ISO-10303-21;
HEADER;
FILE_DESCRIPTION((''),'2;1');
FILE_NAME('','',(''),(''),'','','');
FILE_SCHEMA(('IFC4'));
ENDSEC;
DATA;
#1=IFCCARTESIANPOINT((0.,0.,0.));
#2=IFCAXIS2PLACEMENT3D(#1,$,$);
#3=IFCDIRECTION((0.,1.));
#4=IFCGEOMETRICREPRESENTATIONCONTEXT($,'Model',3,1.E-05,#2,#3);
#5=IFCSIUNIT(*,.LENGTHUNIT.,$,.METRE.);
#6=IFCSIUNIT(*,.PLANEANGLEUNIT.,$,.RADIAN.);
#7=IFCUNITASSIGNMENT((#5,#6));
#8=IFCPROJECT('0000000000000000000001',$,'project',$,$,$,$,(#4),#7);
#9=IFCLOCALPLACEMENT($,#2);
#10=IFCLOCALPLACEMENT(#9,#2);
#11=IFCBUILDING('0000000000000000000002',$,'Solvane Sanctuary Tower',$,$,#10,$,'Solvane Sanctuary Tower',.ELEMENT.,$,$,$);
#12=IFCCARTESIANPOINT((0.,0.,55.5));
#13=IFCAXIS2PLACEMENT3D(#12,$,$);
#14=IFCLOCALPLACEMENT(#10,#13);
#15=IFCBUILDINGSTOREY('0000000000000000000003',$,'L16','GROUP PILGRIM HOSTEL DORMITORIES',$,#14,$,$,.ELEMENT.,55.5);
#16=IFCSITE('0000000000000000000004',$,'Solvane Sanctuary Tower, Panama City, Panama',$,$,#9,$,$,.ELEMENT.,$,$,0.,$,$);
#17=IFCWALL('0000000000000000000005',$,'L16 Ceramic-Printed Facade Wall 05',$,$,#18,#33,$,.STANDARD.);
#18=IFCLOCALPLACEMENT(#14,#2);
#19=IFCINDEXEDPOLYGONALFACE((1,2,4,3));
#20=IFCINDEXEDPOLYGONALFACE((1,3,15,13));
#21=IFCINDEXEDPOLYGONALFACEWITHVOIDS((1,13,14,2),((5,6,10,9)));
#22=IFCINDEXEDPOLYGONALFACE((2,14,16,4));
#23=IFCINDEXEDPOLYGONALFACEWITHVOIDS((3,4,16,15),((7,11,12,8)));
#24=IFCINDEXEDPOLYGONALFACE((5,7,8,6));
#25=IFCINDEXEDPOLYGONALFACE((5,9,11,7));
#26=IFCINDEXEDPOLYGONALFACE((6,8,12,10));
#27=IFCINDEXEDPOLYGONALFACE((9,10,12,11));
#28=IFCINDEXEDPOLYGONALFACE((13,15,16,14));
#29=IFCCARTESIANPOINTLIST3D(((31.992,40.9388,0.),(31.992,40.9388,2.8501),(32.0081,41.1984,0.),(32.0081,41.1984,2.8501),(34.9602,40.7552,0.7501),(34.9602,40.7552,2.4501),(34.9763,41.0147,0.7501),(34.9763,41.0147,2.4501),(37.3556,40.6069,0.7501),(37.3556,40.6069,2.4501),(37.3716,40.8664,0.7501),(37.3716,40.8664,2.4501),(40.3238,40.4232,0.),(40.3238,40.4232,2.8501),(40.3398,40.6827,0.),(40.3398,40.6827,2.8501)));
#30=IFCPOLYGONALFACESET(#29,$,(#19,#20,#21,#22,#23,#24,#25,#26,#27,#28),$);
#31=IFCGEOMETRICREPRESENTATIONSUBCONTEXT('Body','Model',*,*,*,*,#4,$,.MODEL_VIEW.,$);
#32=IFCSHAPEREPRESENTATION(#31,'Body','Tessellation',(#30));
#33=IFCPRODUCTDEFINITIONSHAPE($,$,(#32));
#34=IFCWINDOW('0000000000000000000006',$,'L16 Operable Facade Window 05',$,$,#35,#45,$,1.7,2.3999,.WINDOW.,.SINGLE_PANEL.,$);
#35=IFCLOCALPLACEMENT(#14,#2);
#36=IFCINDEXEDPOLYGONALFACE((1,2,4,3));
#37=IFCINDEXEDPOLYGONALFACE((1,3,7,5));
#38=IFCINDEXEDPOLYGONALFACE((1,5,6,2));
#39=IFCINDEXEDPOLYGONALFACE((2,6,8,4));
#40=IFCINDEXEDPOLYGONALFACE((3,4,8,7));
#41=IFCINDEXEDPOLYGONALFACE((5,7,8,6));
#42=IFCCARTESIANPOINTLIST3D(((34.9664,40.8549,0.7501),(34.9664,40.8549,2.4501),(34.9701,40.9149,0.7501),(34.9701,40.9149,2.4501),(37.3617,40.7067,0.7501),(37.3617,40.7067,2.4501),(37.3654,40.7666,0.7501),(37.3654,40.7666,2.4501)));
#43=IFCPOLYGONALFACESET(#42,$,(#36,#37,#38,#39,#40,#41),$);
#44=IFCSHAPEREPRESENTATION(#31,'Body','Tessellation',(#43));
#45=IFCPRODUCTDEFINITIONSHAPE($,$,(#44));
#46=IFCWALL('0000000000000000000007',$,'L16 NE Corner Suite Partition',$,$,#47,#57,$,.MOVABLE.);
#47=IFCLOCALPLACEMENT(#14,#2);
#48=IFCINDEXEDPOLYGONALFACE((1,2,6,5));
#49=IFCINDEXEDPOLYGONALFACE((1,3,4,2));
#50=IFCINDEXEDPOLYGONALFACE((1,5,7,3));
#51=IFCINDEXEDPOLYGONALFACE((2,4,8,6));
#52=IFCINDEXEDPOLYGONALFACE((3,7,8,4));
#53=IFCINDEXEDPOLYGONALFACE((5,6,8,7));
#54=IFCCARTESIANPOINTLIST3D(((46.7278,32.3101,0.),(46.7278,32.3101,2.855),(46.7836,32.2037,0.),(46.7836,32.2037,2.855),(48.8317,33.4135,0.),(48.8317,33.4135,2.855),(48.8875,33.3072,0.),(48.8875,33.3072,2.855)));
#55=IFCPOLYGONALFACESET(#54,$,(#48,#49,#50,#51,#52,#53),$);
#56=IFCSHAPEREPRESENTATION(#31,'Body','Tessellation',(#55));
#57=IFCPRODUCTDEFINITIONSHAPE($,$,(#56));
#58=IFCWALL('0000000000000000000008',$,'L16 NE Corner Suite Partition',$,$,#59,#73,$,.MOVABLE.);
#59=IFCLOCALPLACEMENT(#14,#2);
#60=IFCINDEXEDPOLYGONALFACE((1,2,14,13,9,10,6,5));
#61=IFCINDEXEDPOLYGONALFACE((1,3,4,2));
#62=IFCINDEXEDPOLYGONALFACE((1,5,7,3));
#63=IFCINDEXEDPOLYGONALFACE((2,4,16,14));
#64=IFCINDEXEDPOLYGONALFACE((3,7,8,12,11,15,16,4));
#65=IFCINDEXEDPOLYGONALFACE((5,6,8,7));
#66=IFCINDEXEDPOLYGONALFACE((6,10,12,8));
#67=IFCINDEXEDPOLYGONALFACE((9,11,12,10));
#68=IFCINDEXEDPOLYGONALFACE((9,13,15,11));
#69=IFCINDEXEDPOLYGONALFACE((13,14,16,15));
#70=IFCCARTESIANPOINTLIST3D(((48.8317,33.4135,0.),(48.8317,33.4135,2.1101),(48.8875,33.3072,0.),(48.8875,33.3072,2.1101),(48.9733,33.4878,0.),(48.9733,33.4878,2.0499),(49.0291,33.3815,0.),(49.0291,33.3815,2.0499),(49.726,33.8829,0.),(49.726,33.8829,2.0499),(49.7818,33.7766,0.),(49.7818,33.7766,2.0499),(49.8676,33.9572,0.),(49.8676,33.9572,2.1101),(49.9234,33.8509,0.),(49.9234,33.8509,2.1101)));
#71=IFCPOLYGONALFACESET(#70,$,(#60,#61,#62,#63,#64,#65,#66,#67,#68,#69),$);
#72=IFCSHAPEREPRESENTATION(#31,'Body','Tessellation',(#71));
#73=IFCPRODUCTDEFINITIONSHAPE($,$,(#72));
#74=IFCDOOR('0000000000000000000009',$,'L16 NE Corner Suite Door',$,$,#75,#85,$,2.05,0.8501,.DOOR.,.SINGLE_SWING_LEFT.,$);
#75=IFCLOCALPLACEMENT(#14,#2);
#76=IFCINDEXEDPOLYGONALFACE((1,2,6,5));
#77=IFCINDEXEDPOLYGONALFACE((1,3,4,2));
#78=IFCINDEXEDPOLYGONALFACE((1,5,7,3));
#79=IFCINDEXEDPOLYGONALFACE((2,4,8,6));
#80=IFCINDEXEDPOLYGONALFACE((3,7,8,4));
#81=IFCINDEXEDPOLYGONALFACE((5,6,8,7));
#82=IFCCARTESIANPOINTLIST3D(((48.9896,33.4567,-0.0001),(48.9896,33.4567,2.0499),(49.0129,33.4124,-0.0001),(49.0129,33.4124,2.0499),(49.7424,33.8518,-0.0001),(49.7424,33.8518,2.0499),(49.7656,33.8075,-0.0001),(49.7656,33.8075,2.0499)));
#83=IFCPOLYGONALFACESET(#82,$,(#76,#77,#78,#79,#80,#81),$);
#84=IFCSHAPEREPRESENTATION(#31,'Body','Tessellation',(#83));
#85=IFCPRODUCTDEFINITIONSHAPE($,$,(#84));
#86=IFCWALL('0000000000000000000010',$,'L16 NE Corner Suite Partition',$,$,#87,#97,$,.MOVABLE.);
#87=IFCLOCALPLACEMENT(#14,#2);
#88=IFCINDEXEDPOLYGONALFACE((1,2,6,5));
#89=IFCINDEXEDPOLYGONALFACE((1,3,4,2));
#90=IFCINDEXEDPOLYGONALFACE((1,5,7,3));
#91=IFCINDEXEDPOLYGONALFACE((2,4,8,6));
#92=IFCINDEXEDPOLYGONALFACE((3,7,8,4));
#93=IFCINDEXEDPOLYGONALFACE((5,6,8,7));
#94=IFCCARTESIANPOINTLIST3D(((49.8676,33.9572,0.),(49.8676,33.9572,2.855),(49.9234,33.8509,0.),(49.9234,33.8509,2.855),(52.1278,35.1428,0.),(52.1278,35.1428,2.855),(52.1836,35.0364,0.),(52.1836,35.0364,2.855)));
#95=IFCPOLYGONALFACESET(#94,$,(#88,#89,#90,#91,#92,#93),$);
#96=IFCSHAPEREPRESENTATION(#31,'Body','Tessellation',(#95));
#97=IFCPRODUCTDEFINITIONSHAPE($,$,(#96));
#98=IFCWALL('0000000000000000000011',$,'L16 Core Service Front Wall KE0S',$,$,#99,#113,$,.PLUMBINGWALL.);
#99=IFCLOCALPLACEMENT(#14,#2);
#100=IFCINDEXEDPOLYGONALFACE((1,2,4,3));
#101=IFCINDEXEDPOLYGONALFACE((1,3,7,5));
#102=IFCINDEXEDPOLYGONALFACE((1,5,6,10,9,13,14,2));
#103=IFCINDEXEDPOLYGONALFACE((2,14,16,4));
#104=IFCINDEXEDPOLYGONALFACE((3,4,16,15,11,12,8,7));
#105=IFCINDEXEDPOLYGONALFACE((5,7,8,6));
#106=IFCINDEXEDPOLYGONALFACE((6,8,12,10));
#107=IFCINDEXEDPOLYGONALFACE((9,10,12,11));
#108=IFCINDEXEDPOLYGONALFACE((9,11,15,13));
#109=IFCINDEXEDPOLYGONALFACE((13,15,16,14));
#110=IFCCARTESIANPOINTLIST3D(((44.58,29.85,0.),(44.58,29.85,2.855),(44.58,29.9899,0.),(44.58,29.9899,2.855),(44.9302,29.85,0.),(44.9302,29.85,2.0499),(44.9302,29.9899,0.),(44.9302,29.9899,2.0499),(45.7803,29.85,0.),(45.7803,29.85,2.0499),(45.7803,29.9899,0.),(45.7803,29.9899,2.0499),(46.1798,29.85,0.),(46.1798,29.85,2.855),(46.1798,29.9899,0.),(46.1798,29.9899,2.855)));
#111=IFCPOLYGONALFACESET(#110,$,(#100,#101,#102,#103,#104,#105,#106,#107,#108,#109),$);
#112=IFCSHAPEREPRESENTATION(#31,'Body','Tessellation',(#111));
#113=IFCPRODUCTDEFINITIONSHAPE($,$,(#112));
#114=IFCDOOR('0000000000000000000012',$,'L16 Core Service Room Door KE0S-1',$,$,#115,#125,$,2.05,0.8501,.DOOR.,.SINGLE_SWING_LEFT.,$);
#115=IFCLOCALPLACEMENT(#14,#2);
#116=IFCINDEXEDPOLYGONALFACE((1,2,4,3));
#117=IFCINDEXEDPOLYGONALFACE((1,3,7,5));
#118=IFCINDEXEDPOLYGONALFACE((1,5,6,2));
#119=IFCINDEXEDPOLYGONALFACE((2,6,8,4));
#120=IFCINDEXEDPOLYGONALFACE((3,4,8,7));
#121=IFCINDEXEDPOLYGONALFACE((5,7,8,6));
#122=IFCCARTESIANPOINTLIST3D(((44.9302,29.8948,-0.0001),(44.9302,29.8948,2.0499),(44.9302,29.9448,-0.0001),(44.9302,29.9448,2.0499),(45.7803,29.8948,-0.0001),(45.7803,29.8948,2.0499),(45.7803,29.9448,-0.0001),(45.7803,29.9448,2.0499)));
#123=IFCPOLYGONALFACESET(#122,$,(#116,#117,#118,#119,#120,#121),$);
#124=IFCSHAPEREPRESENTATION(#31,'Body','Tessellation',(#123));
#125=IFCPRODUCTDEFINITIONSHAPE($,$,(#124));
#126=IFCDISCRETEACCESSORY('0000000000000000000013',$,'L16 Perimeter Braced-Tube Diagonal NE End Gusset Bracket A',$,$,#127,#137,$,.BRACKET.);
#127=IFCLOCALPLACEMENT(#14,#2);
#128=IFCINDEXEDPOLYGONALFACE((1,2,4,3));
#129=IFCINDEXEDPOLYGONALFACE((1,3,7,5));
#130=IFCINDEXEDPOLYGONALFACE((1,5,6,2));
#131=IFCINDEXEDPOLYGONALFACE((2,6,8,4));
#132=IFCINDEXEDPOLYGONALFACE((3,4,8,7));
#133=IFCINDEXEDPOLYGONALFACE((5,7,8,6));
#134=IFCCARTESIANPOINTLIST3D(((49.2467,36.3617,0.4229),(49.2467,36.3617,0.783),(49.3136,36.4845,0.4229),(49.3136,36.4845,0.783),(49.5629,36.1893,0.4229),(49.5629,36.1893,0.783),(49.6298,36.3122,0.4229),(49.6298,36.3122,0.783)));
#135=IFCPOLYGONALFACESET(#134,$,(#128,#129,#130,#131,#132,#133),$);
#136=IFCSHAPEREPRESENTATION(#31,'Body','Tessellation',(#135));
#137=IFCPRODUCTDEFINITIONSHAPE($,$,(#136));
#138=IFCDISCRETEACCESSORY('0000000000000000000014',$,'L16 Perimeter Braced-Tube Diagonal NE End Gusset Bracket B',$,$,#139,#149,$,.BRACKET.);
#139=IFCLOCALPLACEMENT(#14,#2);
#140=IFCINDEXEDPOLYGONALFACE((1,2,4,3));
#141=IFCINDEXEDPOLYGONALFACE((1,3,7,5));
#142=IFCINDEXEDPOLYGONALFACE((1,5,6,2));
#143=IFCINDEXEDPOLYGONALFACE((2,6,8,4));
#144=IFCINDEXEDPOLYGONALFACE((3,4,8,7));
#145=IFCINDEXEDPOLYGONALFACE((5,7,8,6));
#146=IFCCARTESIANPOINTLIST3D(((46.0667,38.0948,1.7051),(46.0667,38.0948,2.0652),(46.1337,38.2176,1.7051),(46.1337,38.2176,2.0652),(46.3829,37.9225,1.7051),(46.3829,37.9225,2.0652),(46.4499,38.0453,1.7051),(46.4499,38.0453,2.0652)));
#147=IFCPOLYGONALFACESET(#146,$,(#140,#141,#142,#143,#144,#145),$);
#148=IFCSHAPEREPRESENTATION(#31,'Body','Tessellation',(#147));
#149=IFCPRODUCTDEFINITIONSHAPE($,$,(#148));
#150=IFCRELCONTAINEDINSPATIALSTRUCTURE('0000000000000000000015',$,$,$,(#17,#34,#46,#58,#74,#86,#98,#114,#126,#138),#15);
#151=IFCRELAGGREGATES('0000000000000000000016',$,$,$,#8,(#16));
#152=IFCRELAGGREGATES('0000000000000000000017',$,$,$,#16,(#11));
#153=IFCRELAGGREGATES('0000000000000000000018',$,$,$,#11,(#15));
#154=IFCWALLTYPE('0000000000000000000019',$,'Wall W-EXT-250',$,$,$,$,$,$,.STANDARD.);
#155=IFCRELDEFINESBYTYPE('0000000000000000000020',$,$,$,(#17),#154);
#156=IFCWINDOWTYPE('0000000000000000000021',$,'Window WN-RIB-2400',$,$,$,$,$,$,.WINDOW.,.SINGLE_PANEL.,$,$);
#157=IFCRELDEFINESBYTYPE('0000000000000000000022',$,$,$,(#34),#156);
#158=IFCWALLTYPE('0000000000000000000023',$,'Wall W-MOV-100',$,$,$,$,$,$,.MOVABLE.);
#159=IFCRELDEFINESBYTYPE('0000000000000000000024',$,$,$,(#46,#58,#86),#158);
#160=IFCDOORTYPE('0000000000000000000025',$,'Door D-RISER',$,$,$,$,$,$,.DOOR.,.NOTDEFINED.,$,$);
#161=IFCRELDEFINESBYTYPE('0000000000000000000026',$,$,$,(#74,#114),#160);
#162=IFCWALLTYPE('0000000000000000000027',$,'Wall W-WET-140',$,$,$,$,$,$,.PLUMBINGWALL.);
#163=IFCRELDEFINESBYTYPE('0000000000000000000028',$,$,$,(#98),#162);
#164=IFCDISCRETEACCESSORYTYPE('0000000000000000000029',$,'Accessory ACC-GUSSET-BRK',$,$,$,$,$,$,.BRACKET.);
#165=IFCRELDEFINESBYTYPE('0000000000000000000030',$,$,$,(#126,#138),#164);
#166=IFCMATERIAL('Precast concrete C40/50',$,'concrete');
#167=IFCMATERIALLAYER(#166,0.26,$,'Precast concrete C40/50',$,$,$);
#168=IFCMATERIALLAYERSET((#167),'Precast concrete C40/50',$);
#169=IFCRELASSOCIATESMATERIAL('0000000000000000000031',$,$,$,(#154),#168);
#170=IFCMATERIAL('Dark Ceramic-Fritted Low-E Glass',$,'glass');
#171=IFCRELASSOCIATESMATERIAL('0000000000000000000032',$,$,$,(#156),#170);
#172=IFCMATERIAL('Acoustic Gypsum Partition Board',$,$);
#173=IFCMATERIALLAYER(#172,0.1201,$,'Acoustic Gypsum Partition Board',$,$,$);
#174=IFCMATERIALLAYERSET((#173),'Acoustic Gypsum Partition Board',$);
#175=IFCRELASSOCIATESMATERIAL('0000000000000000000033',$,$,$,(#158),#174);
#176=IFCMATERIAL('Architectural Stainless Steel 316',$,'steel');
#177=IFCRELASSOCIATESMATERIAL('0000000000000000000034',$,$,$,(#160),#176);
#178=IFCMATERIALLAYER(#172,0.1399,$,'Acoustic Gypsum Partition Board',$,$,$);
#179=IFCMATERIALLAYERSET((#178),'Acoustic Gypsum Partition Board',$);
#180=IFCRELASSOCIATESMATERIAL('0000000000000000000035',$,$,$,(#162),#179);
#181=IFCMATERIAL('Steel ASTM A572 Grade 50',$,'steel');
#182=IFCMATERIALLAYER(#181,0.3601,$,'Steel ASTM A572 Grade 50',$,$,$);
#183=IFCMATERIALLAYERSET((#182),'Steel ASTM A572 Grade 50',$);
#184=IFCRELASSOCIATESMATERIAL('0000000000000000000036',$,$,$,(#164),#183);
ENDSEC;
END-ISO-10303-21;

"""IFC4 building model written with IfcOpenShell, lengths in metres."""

from ifc_helpers import new_model, si_unit, direction, frame, frame_2d, origin, origin_2d, place, context, subcontext, project, spatial, rectangle, extrude, material, layer, layer_set, type_object, element, fill, save


model = new_model("IFC4")

# Units and contexts
model_context = context("Model", 3, precision=1e-05, world=origin(), true_north=direction((0.0, 1.0)))
body_context = subcontext(model_context, "Body", "Model", "MODEL_VIEW")
ifc_project = project(units=[si_unit("LENGTHUNIT", "METRE"), si_unit("PLANEANGLEUNIT", "RADIAN")], contexts=[model_context])

# Site, building, storey
site_placement = place(None, origin())
site = spatial("IfcSite", under=ifc_project, at=site_placement, Name="Solvane Sanctuary Tower, Panama City, Panama", CompositionType="ELEMENT", RefElevation=0.0)
building_placement = place(site_placement, origin())
building = spatial("IfcBuilding", under=site, at=building_placement, Name="Solvane Sanctuary Tower", LongName="Solvane Sanctuary Tower", CompositionType="ELEMENT")
storey_placement = place(building_placement, frame((0.0, 0.0, 55.5)))
storey = spatial("IfcBuildingStorey", under=building, at=storey_placement, Name="L16", Description="GROUP PILGRIM HOSTEL DORMITORIES", CompositionType="ELEMENT", Elevation=55.5)

# Shared definitions
ifc_material_1 = material(Name="Acoustic Gypsum Partition Board")

# Shared definitions
ifc_material_2 = material(Name="Precast concrete C40/50", Category="concrete")
ifc_layer_1 = layer(ifc_material_2, 0.26, Name="Precast concrete C40/50")
ifc_layer_set_1 = layer_set([ifc_layer_1], Name="Precast concrete C40/50")
wall_type_1 = type_object("IfcWallType", Name="Wall W-EXT-250", PredefinedType="STANDARD", material=ifc_layer_set_1)
ifc_material_3 = material(Name="Dark Ceramic-Fritted Low-E Glass", Category="glass")

# Wall, opening, window
wall_1_placement = place(storey_placement, frame((40.3318, 40.553, 0.0), z_axis=(0.0, 0.0, 1.0), x_axis=(-0.998091, 0.061768, 0.0)))
wall_1 = element("IfcWall", 1, at=wall_1_placement, inside=storey, type_object=wall_type_1, Name="L16 Ceramic-Printed Facade Wall 05", PredefinedType="STANDARD", context=body_context, shape_type="SweptSolid", body=[
    extrude(rectangle(XDim=8.3477, YDim=0.26, at=frame_2d((4.1738, 0.0))), origin(), (0.0, 0.0, 1.0), 2.8501),
])
opening_1_placement = place(wall_1_placement, frame((2.9739, 0.0, 0.75)))
opening_1 = element("IfcOpeningElement", 2, at=opening_1_placement, cuts=wall_1, PredefinedType="OPENING", context=body_context, shape_type="SweptSolid", body=[
    extrude(rectangle(XDim=2.3999, YDim=1.7, at=frame_2d((1.2, 0.8501))), frame((0.0, 0.1399, 0.0), z_axis=(0.0, -1.0, 0.0), x_axis=(1.0, 0.0, 0.0)), (0.0, 0.0, 1.0), 0.28),
])
window_type_1 = type_object("IfcWindowType", Name="Window WN-RIB-2400", PartitioningType="SINGLE_PANEL", PredefinedType="WINDOW", material=ifc_material_3)
window_1_placement = place(opening_1_placement, origin())
window_1 = element("IfcWindow", 3, at=window_1_placement, inside=storey, type_object=window_type_1, Name="L16 Operable Facade Window 05", OverallHeight=1.7, OverallWidth=2.3999, PartitioningType="SINGLE_PANEL", PredefinedType="WINDOW", context=body_context, shape_type="SweptSolid", body=[
    extrude(rectangle(XDim=2.3999, YDim=1.7, at=frame_2d((1.2, 0.8501))), frame((0.0, 0.03, 0.0), z_axis=(0.0, -1.0, 0.0), x_axis=(1.0, 0.0, 0.0)), (0.0, 0.0, 1.0), 0.0601),
])
fill(opening_1, window_1)

# Wall
ifc_layer_2 = layer(ifc_material_1, 0.1201, Name="Acoustic Gypsum Partition Board")
ifc_layer_set_2 = layer_set([ifc_layer_2], Name="Acoustic Gypsum Partition Board")
wall_type_2 = type_object("IfcWallType", Name="Wall W-MOV-100", PredefinedType="MOVABLE", material=ifc_layer_set_2)
wall_2_placement = place(storey_placement, frame((46.7556, 32.2568, 0.0), z_axis=(0.0, 0.0, 1.0), x_axis=(0.885586, 0.464475, 0.0)))
element("IfcWall", 4, at=wall_2_placement, inside=storey, type_object=wall_type_2, Name="L16 NE Corner Suite Partition", PredefinedType="MOVABLE", context=body_context, shape_type="SweptSolid", body=[
    extrude(rectangle(XDim=2.3757, YDim=0.1201, at=frame_2d((1.188, 0.0))), origin(), (0.0, 0.0, 1.0), 2.855),
])

# Wall, opening, door
wall_3_placement = place(storey_placement, frame((48.8596, 33.3604, 0.0), z_axis=(0.0, 0.0, 1.0), x_axis=(0.885447, 0.46474, 0.0)))
wall_3 = element("IfcWall", 5, at=wall_3_placement, inside=storey, type_object=wall_type_2, Name="L16 NE Corner Suite Partition", PredefinedType="MOVABLE", context=body_context, shape_type="SweptSolid", body=[
    extrude(rectangle(XDim=1.1699, YDim=0.1201, at=frame_2d((0.585, 0.0))), origin(), (0.0, 0.0, 1.0), 2.1101),
])
opening_2_placement = place(wall_3_placement, frame((0.1599, 0.0, 0.0)))
opening_2 = element("IfcOpeningElement", 6, at=opening_2_placement, cuts=wall_3, PredefinedType="OPENING", context=body_context, shape_type="SweptSolid", body=[
    extrude(rectangle(XDim=0.8501, YDim=2.05, at=frame_2d((0.425, 1.0249))), frame((0.0, 0.0701, 0.0), z_axis=(0.0, -1.0, 0.0), x_axis=(1.0, 0.0, 0.0)), (0.0, 0.0, 1.0), 0.1401),
])
ifc_material_4 = material(Name="Architectural Stainless Steel 316", Category="steel")
door_type = type_object("IfcDoorType", Name="Door D-RISER", OperationType="NOTDEFINED", PredefinedType="DOOR", material=ifc_material_4)
door_1_placement = place(opening_2_placement, origin())
door_1 = element("IfcDoor", 7, at=door_1_placement, inside=storey, type_object=door_type, Name="L16 NE Corner Suite Door", OperationType="SINGLE_SWING_LEFT", OverallHeight=2.05, OverallWidth=0.8501, PredefinedType="DOOR", context=body_context, shape_type="SweptSolid", body=[
    extrude(rectangle(XDim=0.8501, YDim=2.05, at=frame_2d((0.425, 1.0249))), frame((0.0, 0.0249, 0.0), z_axis=(0.0, -1.0, 0.0), x_axis=(1.0, 0.0, 0.0)), (0.0, 0.0, 1.0), 0.05),
])
fill(opening_2, door_1)

# Wall
wall_4_placement = place(storey_placement, frame((49.8955, 33.9041, 0.0), z_axis=(0.0, 0.0, 1.0), x_axis=(0.885573, 0.4645, 0.0)))
element("IfcWall", 8, at=wall_4_placement, inside=storey, type_object=wall_type_2, Name="L16 NE Corner Suite Partition", PredefinedType="MOVABLE", context=body_context, shape_type="SweptSolid", body=[
    extrude(rectangle(XDim=2.5522, YDim=0.1201, at=frame_2d((1.2761, 0.0))), origin(), (0.0, 0.0, 1.0), 2.855),
])

# Wall, opening, door
ifc_layer_3 = layer(ifc_material_1, 0.1399, Name="Acoustic Gypsum Partition Board")
ifc_layer_set_3 = layer_set([ifc_layer_3], Name="Acoustic Gypsum Partition Board")
wall_type_3 = type_object("IfcWallType", Name="Wall W-WET-140", PredefinedType="PLUMBINGWALL", material=ifc_layer_set_3)
wall_5_placement = place(storey_placement, frame((44.5801, 29.9199, 0.0), z_axis=(0.0, 0.0, 1.0), x_axis=(1.0, 0.0, 0.0)))
wall_5 = element("IfcWall", 9, at=wall_5_placement, inside=storey, type_object=wall_type_3, Name="L16 Core Service Front Wall KE0S", PredefinedType="PLUMBINGWALL", context=body_context, shape_type="SweptSolid", body=[
    extrude(rectangle(XDim=1.5999, YDim=0.1399, at=frame_2d((0.7998, 0.0))), origin(), (0.0, 0.0, 1.0), 2.855),
])
opening_3_placement = place(wall_5_placement, frame((0.3501, 0.0, 0.0)))
opening_3 = element("IfcOpeningElement", 10, at=opening_3_placement, cuts=wall_5, PredefinedType="OPENING", context=body_context, shape_type="SweptSolid", body=[
    extrude(rectangle(XDim=0.8501, YDim=2.05, at=frame_2d((0.425, 1.0249))), frame((0.0, 0.0798, 0.0), z_axis=(0.0, -1.0, 0.0), x_axis=(1.0, 0.0, 0.0)), (0.0, 0.0, 1.0), 0.1599),
])
door_2_placement = place(opening_3_placement, origin())
door_2 = element("IfcDoor", 11, at=door_2_placement, inside=storey, type_object=door_type, Name="L16 Core Service Room Door KE0S-1", OperationType="SINGLE_SWING_LEFT", OverallHeight=2.05, OverallWidth=0.8501, PredefinedType="DOOR", context=body_context, shape_type="SweptSolid", body=[
    extrude(rectangle(XDim=0.8501, YDim=2.05, at=frame_2d((0.425, 1.0249))), frame((0.0, 0.0249, 0.0), z_axis=(0.0, -1.0, 0.0), x_axis=(1.0, 0.0, 0.0)), (0.0, 0.0, 1.0), 0.05),
])
fill(opening_3, door_2)

# Discrete accessories
ifc_material_5 = material(Name="Steel ASTM A572 Grade 50", Category="steel")
ifc_layer_4 = layer(ifc_material_5, 0.3601, Name="Steel ASTM A572 Grade 50")
ifc_layer_set_4 = layer_set([ifc_layer_4], Name="Steel ASTM A572 Grade 50")
discrete_accessory_type = type_object("IfcDiscreteAccessoryType", Name="Accessory ACC-GUSSET-BRK", PredefinedType="BRACKET", material=ifc_layer_set_4)
for number, where, z_axis, x_axis, name in (
    (12, (49.4382, 36.3369, 0.4229), (0.0, 0.0, 1.0), (-0.878067, 0.478539, 0.0), "L16 Perimeter Braced-Tube Diagonal NE End Gusset Bracket A"),
    (13, (46.2583, 38.0701, 1.7051), (0.0, 0.0, 1.0), (-0.878067, 0.478539, 0.0), "L16 Perimeter Braced-Tube Diagonal NE End Gusset Bracket B"),
):
    element("IfcDiscreteAccessory", number, at=place(storey_placement, frame(where, z_axis=z_axis, x_axis=x_axis)), inside=storey, type_object=discrete_accessory_type, Name=name, PredefinedType="BRACKET", context=body_context, shape_type="SweptSolid", body=[
        extrude(rectangle(XDim=0.3601, YDim=0.1399, at=origin_2d()), origin(), (0.0, 0.0, 1.0), 0.3601),
    ])

save(model, "model.ifc")
